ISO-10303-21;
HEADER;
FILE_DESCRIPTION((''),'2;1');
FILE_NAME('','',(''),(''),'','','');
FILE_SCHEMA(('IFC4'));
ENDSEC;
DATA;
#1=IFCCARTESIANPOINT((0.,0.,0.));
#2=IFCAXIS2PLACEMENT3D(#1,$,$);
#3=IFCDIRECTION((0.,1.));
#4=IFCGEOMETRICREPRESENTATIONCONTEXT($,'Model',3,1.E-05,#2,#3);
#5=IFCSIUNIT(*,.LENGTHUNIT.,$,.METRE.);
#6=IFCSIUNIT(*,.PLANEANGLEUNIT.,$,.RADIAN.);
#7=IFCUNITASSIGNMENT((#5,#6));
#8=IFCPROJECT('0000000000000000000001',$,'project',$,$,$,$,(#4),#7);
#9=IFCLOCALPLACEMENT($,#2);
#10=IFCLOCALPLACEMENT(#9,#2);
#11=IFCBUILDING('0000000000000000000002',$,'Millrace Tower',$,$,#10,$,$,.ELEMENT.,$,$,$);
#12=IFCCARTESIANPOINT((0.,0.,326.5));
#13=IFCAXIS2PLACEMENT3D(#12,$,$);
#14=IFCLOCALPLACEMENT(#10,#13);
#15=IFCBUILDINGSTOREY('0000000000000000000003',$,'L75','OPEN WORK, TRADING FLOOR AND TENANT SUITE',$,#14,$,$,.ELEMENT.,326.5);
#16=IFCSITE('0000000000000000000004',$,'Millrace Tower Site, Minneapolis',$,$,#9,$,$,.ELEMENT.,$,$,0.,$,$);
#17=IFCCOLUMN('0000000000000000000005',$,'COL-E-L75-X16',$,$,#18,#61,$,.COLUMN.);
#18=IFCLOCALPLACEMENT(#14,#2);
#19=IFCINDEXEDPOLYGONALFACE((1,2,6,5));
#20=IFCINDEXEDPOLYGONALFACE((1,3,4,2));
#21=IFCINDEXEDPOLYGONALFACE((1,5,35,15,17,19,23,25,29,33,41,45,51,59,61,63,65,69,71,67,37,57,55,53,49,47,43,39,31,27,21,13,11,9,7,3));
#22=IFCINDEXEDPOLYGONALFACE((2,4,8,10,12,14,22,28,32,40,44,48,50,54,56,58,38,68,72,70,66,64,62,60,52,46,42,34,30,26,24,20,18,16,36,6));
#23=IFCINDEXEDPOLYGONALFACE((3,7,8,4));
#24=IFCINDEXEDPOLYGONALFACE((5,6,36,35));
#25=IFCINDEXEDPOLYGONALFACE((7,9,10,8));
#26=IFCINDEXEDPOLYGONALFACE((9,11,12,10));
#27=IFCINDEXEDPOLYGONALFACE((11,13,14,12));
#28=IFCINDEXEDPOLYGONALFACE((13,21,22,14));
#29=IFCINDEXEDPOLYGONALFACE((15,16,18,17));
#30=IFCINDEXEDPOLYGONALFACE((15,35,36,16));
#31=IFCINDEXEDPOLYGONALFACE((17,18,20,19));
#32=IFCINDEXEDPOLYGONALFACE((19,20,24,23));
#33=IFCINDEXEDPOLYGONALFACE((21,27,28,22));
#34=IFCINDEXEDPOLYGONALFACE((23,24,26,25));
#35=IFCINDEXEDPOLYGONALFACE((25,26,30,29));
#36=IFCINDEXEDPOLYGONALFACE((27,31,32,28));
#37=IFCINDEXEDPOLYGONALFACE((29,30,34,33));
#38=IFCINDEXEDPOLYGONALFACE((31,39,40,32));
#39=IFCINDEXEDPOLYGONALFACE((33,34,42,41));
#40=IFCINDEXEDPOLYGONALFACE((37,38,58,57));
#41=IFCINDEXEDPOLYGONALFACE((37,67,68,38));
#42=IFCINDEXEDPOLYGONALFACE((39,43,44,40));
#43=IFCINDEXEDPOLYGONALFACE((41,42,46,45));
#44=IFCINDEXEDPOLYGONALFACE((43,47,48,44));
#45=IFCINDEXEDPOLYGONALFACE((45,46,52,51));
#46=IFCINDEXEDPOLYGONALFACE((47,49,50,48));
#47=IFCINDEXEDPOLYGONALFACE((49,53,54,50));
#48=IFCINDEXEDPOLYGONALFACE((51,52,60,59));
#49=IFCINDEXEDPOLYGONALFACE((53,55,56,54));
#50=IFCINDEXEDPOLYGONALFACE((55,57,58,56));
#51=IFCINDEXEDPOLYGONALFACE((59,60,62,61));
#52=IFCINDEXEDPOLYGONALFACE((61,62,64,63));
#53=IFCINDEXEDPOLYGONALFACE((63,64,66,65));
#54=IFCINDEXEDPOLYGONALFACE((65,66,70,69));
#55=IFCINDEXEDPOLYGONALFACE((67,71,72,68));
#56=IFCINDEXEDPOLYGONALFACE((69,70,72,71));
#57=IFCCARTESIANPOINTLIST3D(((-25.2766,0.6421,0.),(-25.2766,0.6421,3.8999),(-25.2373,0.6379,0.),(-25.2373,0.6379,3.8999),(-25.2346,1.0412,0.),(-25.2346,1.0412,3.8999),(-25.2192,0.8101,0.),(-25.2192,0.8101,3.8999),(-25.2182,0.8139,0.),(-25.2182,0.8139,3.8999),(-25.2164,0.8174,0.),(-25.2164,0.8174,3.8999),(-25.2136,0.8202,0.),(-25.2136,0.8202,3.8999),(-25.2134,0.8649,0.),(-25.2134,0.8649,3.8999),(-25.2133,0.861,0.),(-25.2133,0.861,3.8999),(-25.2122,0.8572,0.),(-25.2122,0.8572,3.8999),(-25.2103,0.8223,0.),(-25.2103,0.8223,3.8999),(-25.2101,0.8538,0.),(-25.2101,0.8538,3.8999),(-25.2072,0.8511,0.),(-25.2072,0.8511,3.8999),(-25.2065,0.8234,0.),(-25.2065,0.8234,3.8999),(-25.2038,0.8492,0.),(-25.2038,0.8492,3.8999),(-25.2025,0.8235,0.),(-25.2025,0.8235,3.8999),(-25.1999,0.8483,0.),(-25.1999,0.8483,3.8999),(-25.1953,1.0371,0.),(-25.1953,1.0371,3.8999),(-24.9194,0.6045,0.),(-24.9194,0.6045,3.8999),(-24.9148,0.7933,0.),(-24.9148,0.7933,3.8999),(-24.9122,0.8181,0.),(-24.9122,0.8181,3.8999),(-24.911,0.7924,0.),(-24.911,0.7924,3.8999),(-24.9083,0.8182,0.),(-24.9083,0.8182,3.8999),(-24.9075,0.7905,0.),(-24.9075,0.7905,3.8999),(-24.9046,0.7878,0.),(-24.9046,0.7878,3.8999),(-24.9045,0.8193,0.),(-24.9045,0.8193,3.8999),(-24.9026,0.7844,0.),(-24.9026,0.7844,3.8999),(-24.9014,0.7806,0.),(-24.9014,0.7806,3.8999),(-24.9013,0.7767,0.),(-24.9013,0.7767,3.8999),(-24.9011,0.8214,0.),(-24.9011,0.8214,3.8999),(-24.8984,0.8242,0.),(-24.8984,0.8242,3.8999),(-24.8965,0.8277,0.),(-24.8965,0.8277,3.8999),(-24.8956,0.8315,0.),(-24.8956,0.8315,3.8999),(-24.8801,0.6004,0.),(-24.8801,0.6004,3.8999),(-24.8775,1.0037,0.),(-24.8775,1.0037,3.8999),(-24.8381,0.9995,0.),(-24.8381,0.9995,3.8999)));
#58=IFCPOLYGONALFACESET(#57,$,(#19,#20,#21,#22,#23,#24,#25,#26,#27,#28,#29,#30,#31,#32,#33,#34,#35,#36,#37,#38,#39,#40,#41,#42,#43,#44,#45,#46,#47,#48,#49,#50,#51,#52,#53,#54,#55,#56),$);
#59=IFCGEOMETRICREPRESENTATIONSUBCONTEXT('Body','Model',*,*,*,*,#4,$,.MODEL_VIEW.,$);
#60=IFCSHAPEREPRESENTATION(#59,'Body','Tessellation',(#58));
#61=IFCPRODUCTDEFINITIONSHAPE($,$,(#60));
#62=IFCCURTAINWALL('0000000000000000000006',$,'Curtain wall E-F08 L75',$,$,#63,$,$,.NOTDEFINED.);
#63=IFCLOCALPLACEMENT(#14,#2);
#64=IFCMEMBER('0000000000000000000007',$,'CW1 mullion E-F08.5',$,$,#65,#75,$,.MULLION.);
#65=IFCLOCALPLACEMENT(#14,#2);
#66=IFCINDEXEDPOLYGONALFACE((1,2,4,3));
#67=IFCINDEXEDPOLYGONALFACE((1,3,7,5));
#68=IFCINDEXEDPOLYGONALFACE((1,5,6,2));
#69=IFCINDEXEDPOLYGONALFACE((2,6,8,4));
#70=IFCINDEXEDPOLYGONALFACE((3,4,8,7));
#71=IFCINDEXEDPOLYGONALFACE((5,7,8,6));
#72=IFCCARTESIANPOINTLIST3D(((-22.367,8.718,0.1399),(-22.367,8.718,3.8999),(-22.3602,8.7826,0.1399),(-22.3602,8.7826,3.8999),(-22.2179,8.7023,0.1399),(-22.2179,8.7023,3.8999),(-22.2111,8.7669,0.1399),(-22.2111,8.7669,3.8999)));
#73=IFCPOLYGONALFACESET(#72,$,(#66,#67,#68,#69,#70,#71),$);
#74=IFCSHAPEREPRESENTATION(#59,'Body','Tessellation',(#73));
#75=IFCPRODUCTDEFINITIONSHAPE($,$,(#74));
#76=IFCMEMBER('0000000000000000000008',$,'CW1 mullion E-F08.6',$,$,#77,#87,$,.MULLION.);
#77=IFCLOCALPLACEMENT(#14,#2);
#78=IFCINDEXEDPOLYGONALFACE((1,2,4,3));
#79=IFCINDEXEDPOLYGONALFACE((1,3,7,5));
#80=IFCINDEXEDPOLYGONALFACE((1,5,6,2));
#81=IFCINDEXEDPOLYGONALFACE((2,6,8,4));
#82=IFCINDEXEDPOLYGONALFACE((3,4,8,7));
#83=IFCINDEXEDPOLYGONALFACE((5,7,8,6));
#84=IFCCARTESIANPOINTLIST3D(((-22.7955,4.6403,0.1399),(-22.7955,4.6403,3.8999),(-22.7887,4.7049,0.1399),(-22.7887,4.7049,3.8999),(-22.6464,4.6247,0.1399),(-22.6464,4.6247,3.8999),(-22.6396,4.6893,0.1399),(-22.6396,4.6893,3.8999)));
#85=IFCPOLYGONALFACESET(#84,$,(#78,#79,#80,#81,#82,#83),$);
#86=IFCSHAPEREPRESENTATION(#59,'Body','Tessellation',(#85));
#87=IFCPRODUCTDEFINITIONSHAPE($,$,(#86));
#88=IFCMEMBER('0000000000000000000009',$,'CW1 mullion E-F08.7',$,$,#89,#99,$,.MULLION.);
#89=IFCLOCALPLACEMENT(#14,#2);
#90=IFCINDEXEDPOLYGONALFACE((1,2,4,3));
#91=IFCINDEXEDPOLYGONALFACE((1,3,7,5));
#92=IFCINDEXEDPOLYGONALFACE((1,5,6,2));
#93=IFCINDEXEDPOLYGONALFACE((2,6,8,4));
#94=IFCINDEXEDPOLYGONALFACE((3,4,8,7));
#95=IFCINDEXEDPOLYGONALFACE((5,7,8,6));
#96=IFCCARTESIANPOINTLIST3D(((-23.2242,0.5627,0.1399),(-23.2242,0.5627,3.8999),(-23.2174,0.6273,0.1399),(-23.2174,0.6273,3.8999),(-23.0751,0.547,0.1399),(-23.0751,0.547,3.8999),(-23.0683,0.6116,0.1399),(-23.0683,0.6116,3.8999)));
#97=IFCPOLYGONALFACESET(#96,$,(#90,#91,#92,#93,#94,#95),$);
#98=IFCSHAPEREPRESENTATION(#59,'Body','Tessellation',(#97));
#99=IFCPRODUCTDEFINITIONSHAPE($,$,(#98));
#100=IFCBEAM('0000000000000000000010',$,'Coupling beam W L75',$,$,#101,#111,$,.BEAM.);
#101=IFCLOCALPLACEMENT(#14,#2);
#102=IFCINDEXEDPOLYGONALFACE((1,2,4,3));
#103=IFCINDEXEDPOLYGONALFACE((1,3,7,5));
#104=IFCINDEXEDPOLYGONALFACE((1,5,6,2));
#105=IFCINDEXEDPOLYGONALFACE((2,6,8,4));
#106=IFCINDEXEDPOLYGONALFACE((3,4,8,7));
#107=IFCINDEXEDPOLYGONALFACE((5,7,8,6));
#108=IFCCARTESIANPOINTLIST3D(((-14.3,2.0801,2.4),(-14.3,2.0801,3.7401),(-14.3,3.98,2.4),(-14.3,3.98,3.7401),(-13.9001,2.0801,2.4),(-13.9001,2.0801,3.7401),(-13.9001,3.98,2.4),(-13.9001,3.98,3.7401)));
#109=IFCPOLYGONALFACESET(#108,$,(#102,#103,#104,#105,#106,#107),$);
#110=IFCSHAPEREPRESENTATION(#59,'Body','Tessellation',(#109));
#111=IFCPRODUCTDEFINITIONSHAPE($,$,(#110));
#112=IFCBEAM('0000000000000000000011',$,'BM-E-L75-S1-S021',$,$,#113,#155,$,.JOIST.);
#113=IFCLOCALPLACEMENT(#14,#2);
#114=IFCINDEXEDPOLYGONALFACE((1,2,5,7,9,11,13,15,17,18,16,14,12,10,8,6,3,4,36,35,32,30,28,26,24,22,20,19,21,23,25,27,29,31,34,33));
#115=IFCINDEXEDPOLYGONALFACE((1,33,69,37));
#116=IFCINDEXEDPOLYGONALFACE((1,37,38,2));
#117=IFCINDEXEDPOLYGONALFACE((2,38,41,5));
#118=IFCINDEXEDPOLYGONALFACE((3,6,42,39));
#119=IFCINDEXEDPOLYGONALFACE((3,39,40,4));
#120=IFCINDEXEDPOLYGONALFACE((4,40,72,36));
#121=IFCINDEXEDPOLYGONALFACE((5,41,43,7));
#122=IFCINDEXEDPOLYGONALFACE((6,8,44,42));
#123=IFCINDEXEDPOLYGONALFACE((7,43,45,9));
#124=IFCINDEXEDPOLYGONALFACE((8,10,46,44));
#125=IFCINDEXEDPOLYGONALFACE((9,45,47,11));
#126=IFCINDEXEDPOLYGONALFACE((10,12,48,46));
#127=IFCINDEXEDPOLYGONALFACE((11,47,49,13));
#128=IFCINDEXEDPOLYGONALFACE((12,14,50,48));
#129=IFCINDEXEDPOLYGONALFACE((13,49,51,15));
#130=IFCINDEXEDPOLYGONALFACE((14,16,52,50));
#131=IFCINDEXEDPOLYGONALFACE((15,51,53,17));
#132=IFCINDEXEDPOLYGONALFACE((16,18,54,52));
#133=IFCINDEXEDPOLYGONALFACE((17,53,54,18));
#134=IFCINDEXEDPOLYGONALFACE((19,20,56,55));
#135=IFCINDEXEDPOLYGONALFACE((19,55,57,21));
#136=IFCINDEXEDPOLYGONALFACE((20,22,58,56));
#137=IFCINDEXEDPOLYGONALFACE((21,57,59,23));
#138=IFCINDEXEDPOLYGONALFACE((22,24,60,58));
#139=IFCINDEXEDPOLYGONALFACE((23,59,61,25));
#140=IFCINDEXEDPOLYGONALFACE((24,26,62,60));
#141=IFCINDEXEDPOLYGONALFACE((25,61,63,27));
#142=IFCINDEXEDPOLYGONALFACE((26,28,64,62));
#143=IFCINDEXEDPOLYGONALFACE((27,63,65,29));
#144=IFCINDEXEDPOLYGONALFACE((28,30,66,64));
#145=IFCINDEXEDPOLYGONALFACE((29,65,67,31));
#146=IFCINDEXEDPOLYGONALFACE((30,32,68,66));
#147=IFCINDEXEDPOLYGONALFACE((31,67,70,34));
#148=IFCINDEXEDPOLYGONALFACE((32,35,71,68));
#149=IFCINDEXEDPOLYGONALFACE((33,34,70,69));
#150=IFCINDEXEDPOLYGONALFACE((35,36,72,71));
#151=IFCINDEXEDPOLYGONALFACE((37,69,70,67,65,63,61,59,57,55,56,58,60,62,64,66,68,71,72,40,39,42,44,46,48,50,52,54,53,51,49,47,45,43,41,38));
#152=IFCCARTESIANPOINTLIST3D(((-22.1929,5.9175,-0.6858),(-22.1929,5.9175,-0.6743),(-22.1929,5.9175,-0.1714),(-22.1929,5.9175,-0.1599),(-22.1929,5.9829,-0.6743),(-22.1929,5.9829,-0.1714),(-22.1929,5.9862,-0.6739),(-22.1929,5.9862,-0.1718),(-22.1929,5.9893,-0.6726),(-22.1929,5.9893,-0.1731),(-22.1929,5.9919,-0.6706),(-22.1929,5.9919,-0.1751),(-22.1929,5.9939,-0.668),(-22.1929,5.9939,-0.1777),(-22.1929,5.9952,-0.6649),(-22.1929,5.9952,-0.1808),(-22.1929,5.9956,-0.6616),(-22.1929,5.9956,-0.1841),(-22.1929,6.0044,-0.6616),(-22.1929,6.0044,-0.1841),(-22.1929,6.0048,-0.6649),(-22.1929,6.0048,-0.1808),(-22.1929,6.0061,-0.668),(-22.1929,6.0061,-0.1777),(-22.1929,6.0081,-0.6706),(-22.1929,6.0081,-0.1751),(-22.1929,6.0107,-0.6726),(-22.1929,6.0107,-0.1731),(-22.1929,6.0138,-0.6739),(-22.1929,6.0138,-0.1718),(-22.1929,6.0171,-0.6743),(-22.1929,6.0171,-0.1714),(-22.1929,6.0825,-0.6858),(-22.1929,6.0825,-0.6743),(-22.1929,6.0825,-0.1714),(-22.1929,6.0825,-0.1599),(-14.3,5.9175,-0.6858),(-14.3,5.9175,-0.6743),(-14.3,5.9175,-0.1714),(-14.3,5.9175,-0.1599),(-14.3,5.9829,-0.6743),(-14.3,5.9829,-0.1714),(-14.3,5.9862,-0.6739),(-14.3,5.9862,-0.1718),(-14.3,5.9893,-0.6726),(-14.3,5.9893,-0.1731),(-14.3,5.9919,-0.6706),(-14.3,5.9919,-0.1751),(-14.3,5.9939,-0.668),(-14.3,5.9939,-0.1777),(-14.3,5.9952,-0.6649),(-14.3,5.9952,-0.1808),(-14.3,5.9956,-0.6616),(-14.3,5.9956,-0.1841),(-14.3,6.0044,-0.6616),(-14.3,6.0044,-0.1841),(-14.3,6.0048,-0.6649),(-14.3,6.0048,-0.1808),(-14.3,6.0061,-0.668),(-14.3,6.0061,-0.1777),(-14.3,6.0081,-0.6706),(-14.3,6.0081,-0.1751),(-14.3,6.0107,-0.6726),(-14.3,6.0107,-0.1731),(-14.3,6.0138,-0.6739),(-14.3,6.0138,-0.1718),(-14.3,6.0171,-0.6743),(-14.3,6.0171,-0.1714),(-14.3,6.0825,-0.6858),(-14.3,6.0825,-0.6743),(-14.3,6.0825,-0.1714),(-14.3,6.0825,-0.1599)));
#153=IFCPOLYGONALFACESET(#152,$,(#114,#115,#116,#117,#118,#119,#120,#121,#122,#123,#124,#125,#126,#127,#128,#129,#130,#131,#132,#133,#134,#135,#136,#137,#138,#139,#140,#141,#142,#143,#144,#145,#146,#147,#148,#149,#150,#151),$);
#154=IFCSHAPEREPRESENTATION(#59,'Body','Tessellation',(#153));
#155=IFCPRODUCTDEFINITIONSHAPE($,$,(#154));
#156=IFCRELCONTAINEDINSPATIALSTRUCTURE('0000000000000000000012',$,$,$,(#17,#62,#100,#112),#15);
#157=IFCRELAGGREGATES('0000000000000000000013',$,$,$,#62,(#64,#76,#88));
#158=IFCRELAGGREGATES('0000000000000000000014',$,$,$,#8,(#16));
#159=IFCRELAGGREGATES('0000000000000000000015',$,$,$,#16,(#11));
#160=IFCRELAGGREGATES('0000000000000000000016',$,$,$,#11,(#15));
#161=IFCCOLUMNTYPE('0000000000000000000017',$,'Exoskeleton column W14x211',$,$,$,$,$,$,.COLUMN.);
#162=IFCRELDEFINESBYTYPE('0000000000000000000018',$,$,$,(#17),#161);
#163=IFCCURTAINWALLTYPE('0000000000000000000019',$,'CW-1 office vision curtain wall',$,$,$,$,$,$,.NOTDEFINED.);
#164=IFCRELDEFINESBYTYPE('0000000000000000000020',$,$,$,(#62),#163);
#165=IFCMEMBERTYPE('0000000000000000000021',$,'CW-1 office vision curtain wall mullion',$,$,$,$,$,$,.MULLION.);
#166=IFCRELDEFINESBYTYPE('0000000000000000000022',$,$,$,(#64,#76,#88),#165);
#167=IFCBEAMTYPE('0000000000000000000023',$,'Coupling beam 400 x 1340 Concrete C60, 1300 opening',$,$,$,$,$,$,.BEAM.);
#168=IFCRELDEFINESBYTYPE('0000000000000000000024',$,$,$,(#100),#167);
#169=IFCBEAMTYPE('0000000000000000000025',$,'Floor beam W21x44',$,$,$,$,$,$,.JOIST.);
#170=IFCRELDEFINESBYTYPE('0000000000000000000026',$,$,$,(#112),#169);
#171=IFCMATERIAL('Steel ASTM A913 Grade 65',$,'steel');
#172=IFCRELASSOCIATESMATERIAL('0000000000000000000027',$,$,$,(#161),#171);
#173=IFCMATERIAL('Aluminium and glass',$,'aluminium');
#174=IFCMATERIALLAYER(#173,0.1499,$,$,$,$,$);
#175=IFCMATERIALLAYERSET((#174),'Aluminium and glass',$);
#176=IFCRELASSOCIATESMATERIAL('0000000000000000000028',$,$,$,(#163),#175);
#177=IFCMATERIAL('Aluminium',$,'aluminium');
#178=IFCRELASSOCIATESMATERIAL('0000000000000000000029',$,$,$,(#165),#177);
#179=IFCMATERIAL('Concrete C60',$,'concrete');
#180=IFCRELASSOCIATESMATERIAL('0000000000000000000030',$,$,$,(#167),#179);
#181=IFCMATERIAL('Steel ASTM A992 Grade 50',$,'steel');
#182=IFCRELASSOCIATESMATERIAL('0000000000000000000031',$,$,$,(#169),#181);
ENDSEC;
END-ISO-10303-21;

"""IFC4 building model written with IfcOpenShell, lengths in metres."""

from ifc_helpers import new_model, si_unit, direction, frame, origin, origin_2d, place, context, subcontext, project, spatial, rectangle, i_section, extrude, material, layer, layer_set, material_profile, profile_set, type_object, element, aggregate, save


model = new_model("IFC4")

# Units and contexts
model_context = context("Model", 3, precision=1e-05, world=origin(), true_north=direction((0.0, 1.0)))
body_context = subcontext(model_context, "Body", "Model", "MODEL_VIEW")
ifc_project = project(units=[si_unit("LENGTHUNIT", "METRE"), si_unit("PLANEANGLEUNIT", "RADIAN")], contexts=[model_context])

# Site, building, storey
site_placement = place(None, origin())
site = spatial("IfcSite", under=ifc_project, at=site_placement, Name="Millrace Tower Site, Minneapolis", CompositionType="ELEMENT", RefElevation=0.0)
building_placement = place(site_placement, origin())
building = spatial("IfcBuilding", under=site, at=building_placement, Name="Millrace Tower", CompositionType="ELEMENT")
storey_placement = place(building_placement, frame((0.0, 0.0, 326.5)))
storey = spatial("IfcBuildingStorey", under=building, at=storey_placement, Name="L75", Description="OPEN WORK, TRADING FLOOR AND TENANT SUITE", CompositionType="ELEMENT", Elevation=326.5)

# Column
ifc_material_1 = material(Name="Steel ASTM A913 Grade 65", Category="steel")
ifc_material_profile_1 = material_profile(ifc_material_1, i_section(OverallWidth=0.4014, OverallDepth=0.3987, WebThickness=0.0249, FlangeThickness=0.0396, FilletRadius=0.0151, at=origin_2d()))
ifc_profile_set_1 = profile_set([ifc_material_profile_1], Name="Steel ASTM A913 Grade 65")
column_type = type_object("IfcColumnType", Name="Exoskeleton column W14x211", PredefinedType="COLUMN", material=ifc_profile_set_1)
column_placement = place(storey_placement, frame((-25.0574, 0.8208, 0.0), z_axis=(0.0, 0.0, 1.0), x_axis=(-0.104528, -0.994522, 0.0)))
element("IfcColumn", 1, at=column_placement, inside=storey, type_object=column_type, Name="COL-E-L75-X16", PredefinedType="COLUMN", context=body_context, shape_type="SweptSolid", body=[
    extrude(i_section(OverallWidth=0.4014, OverallDepth=0.3987, WebThickness=0.0249, FlangeThickness=0.0396, FilletRadius=0.0151, at=origin_2d()), origin(), (0.0, 0.0, 1.0), 3.8999),
])

# Curtain wall, members
ifc_material_2 = material(Name="Aluminium and glass", Category="aluminium")
ifc_layer_1 = layer(ifc_material_2, 0.1499)
ifc_layer_set_1 = layer_set([ifc_layer_1], Name="Aluminium and glass")
curtain_wall_type = type_object("IfcCurtainWallType", Name="CW-1 office vision curtain wall", PredefinedType="NOTDEFINED", material=ifc_layer_set_1)
placement = place(storey_placement, origin())
curtain_wall = element("IfcCurtainWall", 2, at=placement, inside=storey, type_object=curtain_wall_type, Name="Curtain wall E-F08 L75", PredefinedType="NOTDEFINED")
ifc_material_3 = material(Name="Aluminium", Category="aluminium")
ifc_material_profile_2 = material_profile(ifc_material_3, rectangle(XDim=0.0649, YDim=0.1499, at=origin_2d()))
ifc_profile_set_2 = profile_set([ifc_material_profile_2], Name="Aluminium")
member_type = type_object("IfcMemberType", Name="CW-1 office vision curtain wall mullion", PredefinedType="MULLION", material=ifc_profile_set_2)
member_1_placement = place(storey_placement, frame((-22.2891, 8.7424, 0.1399), z_axis=(0.0, 0.0, 1.0), x_axis=(-0.104528, -0.994522, 0.0)))
member_1 = element("IfcMember", 3, at=member_1_placement, type_object=member_type, Name="CW1 mullion E-F08.5", PredefinedType="MULLION", context=body_context, shape_type="SweptSolid", body=[
    extrude(rectangle(XDim=0.0649, YDim=0.1499, at=origin_2d()), origin(), (0.0, 0.0, 1.0), 3.76),
])
member_2_placement = place(storey_placement, frame((-22.7175, 4.6648, 0.1399), z_axis=(0.0, 0.0, 1.0), x_axis=(-0.104528, -0.994522, 0.0)))
member_2 = element("IfcMember", 4, at=member_2_placement, type_object=member_type, Name="CW1 mullion E-F08.6", PredefinedType="MULLION", context=body_context, shape_type="SweptSolid", body=[
    extrude(rectangle(XDim=0.0649, YDim=0.1499, at=origin_2d()), origin(), (0.0, 0.0, 1.0), 3.76),
])
member_3_placement = place(storey_placement, frame((-23.1462, 0.5872, 0.1399), z_axis=(0.0, 0.0, 1.0), x_axis=(-0.104528, -0.994522, 0.0)))
member_3 = element("IfcMember", 5, at=member_3_placement, type_object=member_type, Name="CW1 mullion E-F08.7", PredefinedType="MULLION", context=body_context, shape_type="SweptSolid", body=[
    extrude(rectangle(XDim=0.0649, YDim=0.1499, at=origin_2d()), origin(), (0.0, 0.0, 1.0), 3.76),
])
aggregate(curtain_wall, [member_1, member_2, member_3])

# Beams
ifc_material_4 = material(Name="Concrete C60", Category="concrete")
ifc_material_profile_3 = material_profile(ifc_material_4, rectangle(XDim=0.3999, YDim=1.3401, at=origin_2d()))
ifc_profile_set_3 = profile_set([ifc_material_profile_3], Name="Concrete C60")
beam_type_1 = type_object("IfcBeamType", Name="Coupling beam 400 x 1340 Concrete C60, 1300 opening", PredefinedType="BEAM", material=ifc_profile_set_3)
beam_1_placement = place(storey_placement, frame((-14.1001, 2.0801, 3.0701), z_axis=(0.0, 1.0, 0.0), x_axis=(-1.0, 0.0, 0.0)))
element("IfcBeam", 6, at=beam_1_placement, inside=storey, type_object=beam_type_1, Name="Coupling beam W L75", PredefinedType="BEAM", context=body_context, shape_type="SweptSolid", body=[
    extrude(rectangle(XDim=0.3999, YDim=1.3401, at=origin_2d()), origin(), (0.0, 0.0, 1.0), 1.8999),
])
ifc_material_5 = material(Name="Steel ASTM A992 Grade 50", Category="steel")
ifc_material_profile_4 = material_profile(ifc_material_5, i_section(OverallWidth=0.165, OverallDepth=0.5259, WebThickness=0.0088, FlangeThickness=0.0115, FilletRadius=0.0127, at=origin_2d()))
ifc_profile_set_4 = profile_set([ifc_material_profile_4], Name="Steel ASTM A992 Grade 50")
beam_type_2 = type_object("IfcBeamType", Name="Floor beam W21x44", PredefinedType="JOIST", material=ifc_profile_set_4)
beam_2_placement = place(storey_placement, frame((-22.1929, 6.0, -0.4229), z_axis=(1.0, 0.0, 0.0), x_axis=(0.0, 1.0, 0.0)))
element("IfcBeam", 7, at=beam_2_placement, inside=storey, type_object=beam_type_2, Name="BM-E-L75-S1-S021", PredefinedType="JOIST", context=body_context, shape_type="SweptSolid", body=[
    extrude(i_section(OverallWidth=0.165, OverallDepth=0.5259, WebThickness=0.0088, FlangeThickness=0.0115, FilletRadius=0.0127, at=origin_2d()), origin(), (0.0, 0.0, 1.0), 7.8928),
])

save(model, "model.ifc")
